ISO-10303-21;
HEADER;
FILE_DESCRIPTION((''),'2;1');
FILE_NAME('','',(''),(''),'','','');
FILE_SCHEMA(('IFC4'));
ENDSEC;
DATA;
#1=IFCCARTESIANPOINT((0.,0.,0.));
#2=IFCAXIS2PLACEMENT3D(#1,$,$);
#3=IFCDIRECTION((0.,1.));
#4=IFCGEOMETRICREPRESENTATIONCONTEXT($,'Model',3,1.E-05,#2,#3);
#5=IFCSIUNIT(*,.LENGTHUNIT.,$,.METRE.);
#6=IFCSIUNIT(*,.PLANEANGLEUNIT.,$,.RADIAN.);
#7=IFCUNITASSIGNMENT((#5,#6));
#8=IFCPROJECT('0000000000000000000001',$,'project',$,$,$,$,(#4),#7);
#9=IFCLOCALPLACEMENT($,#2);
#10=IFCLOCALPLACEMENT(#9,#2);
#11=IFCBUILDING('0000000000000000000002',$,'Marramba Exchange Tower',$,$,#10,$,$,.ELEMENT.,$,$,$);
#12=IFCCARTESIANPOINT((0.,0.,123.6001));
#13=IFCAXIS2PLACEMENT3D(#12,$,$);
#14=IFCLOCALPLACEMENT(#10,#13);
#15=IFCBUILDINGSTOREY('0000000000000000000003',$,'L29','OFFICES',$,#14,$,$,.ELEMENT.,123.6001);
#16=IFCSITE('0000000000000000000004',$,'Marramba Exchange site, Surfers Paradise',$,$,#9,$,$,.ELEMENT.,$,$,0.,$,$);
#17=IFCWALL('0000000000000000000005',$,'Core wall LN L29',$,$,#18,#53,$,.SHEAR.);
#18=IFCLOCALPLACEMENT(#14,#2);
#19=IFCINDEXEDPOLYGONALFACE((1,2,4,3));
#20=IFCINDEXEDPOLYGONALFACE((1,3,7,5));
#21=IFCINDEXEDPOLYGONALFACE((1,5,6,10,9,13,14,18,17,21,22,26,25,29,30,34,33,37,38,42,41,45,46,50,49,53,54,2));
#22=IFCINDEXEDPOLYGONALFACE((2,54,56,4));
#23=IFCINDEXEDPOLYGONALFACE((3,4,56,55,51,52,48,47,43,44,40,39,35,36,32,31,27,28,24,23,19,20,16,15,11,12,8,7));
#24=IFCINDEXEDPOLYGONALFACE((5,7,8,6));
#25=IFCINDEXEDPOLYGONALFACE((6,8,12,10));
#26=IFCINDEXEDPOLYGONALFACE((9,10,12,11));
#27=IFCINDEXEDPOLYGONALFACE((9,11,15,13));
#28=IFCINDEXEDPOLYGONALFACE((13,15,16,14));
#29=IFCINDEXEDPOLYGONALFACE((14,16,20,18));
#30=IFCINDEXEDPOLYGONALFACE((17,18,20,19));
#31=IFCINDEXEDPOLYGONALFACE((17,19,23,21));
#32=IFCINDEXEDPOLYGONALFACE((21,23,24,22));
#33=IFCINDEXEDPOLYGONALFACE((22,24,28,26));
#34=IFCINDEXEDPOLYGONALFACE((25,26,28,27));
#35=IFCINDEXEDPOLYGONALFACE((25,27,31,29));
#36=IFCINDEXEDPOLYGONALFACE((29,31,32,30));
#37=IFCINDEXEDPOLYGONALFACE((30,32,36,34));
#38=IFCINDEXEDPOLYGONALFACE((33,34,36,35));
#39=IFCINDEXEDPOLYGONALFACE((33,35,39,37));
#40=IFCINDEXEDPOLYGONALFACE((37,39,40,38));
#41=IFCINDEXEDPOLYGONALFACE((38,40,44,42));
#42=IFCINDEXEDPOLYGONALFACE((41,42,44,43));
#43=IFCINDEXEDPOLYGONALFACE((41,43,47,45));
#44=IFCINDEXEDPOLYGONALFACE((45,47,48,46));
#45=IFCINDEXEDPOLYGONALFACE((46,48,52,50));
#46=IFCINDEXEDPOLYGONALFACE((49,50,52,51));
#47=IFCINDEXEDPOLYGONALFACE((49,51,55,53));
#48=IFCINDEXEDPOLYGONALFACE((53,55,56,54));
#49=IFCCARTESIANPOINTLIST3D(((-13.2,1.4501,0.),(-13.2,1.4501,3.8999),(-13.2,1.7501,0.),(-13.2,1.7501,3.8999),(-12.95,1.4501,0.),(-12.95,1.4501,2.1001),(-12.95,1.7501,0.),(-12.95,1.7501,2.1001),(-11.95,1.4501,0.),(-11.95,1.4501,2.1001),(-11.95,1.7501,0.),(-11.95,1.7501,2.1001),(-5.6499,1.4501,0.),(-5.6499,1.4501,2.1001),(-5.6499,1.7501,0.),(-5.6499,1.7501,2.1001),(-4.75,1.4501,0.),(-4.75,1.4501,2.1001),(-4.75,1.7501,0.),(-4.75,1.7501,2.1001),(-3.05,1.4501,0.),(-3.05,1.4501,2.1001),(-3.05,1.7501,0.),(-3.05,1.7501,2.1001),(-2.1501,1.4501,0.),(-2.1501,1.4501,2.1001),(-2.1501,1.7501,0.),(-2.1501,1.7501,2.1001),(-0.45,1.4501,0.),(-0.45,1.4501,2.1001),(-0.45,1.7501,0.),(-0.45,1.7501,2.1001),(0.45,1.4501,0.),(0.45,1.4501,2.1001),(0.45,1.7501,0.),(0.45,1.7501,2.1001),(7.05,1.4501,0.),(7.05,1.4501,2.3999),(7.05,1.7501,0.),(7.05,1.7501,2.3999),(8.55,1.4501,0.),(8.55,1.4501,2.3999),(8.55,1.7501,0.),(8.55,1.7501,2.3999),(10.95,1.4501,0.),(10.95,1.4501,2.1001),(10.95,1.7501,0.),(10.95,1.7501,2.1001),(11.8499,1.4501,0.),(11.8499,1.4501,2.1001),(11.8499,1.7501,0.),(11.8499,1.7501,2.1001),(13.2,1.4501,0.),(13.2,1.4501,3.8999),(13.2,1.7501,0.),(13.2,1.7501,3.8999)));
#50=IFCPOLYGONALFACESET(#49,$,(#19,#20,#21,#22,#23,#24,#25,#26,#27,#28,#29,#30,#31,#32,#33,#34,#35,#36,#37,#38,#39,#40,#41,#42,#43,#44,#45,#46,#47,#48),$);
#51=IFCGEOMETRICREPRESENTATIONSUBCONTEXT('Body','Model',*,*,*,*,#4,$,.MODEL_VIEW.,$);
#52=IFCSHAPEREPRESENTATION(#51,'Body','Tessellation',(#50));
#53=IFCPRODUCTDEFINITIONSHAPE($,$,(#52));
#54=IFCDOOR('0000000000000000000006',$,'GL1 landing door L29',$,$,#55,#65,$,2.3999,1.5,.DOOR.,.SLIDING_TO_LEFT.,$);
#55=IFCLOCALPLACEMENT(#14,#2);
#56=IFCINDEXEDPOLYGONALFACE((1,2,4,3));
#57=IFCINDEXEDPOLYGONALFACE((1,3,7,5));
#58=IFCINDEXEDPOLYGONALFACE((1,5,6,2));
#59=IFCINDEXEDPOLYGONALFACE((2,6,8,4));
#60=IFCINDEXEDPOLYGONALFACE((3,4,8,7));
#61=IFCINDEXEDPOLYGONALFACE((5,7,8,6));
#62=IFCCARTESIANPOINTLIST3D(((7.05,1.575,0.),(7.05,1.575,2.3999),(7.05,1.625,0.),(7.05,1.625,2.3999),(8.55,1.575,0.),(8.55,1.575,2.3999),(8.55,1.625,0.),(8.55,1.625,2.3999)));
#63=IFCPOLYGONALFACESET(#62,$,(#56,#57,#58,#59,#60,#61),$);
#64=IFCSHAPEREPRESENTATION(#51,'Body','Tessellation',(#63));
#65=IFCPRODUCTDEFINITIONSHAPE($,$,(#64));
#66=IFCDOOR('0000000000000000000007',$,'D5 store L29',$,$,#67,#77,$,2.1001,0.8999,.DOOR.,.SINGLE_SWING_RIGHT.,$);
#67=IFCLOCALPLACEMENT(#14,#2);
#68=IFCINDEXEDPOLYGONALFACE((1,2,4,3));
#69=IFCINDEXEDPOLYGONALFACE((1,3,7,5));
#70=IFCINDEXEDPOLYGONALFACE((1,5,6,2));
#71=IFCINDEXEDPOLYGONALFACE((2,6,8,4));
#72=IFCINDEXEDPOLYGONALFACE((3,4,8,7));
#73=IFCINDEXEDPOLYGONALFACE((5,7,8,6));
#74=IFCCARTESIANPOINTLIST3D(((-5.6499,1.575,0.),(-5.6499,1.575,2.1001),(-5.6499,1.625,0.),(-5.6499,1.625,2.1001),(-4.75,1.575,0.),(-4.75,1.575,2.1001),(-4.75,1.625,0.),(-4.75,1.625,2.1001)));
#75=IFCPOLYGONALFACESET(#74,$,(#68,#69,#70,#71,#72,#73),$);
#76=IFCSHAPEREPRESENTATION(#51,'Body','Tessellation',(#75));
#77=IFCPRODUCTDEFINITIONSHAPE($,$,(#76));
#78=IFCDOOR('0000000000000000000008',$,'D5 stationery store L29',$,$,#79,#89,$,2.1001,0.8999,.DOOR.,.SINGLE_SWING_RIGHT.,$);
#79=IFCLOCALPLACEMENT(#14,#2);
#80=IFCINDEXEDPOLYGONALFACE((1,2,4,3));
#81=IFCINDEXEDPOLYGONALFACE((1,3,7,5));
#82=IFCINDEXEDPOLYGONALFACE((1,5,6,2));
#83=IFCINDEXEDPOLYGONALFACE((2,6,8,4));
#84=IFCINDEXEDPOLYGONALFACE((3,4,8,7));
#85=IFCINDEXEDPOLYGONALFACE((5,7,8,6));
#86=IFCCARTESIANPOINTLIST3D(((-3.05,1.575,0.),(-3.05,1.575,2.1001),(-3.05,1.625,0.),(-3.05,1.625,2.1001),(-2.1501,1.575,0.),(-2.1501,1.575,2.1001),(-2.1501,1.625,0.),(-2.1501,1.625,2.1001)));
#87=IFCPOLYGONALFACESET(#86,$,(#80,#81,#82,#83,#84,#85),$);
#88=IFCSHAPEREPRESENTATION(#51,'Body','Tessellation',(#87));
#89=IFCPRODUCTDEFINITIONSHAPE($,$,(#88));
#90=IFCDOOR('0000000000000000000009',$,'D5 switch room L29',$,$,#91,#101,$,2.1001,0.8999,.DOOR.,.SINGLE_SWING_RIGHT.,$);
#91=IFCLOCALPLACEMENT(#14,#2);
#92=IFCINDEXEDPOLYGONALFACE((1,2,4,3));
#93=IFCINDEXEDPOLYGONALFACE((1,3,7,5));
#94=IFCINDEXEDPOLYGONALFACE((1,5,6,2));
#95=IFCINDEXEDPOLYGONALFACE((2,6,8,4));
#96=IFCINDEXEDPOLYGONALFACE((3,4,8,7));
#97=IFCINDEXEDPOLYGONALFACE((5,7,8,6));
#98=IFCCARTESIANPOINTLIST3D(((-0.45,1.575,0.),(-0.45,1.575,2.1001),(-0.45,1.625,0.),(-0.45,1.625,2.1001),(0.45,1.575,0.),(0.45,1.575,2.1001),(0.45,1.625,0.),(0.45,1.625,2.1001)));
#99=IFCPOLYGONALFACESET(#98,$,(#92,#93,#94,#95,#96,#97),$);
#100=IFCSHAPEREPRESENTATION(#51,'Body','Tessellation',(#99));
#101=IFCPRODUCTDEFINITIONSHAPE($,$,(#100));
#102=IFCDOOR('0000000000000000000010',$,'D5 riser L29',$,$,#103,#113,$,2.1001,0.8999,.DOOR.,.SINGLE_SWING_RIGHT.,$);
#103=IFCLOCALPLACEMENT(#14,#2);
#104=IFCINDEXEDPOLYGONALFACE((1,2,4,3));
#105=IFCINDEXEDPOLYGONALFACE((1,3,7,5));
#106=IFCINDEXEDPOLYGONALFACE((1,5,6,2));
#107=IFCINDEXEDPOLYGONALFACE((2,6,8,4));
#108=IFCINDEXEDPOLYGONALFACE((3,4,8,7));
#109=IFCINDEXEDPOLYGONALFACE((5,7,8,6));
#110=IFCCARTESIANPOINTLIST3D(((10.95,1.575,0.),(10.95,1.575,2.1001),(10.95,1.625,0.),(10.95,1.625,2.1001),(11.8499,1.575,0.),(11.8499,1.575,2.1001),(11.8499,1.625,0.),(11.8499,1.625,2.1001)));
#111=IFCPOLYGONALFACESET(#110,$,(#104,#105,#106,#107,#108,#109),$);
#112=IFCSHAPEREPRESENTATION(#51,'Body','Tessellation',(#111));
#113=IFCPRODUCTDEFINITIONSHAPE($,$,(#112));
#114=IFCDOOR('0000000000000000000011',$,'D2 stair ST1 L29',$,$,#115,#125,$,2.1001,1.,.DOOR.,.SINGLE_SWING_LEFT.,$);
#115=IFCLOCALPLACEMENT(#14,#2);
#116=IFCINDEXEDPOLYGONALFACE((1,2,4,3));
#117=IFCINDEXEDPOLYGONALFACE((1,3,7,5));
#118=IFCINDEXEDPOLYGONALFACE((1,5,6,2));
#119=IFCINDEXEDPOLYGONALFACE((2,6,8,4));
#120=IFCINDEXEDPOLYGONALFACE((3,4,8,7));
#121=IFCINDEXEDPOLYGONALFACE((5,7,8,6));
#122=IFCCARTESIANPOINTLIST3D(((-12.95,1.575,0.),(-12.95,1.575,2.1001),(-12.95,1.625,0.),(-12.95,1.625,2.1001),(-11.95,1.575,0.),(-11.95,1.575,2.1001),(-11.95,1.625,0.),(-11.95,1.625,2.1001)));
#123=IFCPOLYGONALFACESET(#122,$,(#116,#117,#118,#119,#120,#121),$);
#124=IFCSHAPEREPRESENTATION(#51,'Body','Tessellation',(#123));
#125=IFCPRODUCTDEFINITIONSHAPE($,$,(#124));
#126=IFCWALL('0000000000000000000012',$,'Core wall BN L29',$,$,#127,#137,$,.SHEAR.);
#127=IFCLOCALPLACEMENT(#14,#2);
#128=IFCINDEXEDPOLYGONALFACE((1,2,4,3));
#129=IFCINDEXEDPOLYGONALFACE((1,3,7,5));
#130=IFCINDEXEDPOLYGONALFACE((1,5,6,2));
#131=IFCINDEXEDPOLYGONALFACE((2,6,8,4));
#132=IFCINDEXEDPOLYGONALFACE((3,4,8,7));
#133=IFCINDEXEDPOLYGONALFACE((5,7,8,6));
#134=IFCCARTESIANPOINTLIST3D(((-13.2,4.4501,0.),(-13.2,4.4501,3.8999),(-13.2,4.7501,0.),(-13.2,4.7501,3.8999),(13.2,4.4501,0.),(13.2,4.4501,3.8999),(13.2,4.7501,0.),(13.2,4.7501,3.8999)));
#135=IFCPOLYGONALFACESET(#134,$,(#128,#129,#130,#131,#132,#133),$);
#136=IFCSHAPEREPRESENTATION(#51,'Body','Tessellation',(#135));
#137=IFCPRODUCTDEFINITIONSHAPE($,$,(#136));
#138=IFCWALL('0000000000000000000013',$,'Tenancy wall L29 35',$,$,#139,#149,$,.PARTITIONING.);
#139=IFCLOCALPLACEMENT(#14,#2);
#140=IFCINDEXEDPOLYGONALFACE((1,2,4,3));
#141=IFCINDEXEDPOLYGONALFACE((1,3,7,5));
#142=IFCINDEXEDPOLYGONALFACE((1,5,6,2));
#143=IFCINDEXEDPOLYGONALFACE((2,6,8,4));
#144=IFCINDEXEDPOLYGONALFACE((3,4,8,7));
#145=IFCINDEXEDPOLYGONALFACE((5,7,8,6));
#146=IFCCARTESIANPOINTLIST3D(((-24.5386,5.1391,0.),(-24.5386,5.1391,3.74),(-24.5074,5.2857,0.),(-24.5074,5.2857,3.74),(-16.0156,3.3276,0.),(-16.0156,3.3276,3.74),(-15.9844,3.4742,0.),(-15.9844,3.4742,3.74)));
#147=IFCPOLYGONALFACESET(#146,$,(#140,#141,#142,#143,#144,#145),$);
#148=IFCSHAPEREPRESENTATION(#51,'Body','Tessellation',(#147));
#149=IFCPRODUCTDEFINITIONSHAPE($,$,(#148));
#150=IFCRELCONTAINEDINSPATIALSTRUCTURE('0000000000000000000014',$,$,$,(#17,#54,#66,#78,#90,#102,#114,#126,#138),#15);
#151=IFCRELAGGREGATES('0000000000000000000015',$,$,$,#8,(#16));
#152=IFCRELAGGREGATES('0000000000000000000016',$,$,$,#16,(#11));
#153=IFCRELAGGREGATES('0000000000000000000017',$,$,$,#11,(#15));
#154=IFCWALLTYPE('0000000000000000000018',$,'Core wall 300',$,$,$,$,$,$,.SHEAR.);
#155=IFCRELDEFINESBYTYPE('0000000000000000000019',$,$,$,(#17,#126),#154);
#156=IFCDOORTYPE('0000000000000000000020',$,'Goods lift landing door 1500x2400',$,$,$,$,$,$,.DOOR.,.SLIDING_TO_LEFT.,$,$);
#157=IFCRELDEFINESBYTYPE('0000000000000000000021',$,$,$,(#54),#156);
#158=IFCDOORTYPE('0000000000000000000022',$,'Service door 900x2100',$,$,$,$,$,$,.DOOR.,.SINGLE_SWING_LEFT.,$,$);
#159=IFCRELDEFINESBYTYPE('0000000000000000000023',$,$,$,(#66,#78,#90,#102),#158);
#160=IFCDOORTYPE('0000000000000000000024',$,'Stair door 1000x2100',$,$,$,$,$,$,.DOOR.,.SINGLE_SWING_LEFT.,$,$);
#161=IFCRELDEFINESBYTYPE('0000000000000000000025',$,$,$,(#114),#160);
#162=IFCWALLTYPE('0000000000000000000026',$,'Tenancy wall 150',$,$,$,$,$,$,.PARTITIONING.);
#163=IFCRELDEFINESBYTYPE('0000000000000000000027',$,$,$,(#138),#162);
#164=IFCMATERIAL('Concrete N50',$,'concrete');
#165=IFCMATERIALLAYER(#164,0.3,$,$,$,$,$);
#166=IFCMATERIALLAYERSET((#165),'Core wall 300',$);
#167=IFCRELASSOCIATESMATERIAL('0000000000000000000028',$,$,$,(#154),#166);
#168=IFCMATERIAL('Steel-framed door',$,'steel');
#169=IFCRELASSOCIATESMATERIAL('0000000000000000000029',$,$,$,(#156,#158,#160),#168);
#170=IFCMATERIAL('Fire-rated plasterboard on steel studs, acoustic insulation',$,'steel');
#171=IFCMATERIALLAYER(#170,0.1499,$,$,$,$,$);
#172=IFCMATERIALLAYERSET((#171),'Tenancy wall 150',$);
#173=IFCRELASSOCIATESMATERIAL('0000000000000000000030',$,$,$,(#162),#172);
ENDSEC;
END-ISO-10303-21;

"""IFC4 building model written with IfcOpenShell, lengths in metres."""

from ifc_helpers import new_model, si_unit, direction, frame, frame_2d, origin, place, context, subcontext, project, spatial, rectangle, extrude, material, layer, layer_set, type_object, element, fill, save


model = new_model("IFC4")

# Units and contexts
model_context = context("Model", 3, precision=1e-05, world=origin(), true_north=direction((0.0, 1.0)))
body_context = subcontext(model_context, "Body", "Model", "MODEL_VIEW")
ifc_project = project(units=[si_unit("LENGTHUNIT", "METRE"), si_unit("PLANEANGLEUNIT", "RADIAN")], contexts=[model_context])

# Site, building, storey
site_placement = place(None, origin())
site = spatial("IfcSite", under=ifc_project, at=site_placement, Name="Marramba Exchange site, Surfers Paradise", CompositionType="ELEMENT", RefElevation=0.0)
building_placement = place(site_placement, origin())
building = spatial("IfcBuilding", under=site, at=building_placement, Name="Marramba Exchange Tower", CompositionType="ELEMENT")
storey_placement = place(building_placement, frame((0.0, 0.0, 123.6001)))
storey = spatial("IfcBuildingStorey", under=building, at=storey_placement, Name="L29", Description="OFFICES", CompositionType="ELEMENT", Elevation=123.6001)

# Shared definitions
ifc_material_1 = material(Name="Concrete N50", Category="concrete")

# Wall, openings, doors
ifc_layer_1 = layer(ifc_material_1, 0.3)
ifc_layer_set_1 = layer_set([ifc_layer_1], Name="Core wall 300")
wall_type_1 = type_object("IfcWallType", Name="Core wall 300", PredefinedType="SHEAR", material=ifc_layer_set_1)
wall_1_placement = place(storey_placement, frame((-13.2, 1.6001, 0.0), z_axis=(0.0, 0.0, 1.0), x_axis=(1.0, 0.0, 0.0)))
wall_1 = element("IfcWall", 1, at=wall_1_placement, inside=storey, type_object=wall_type_1, Name="Core wall LN L29", PredefinedType="SHEAR", context=body_context, shape_type="SweptSolid", body=[
    extrude(rectangle(XDim=26.3999, YDim=0.3, at=frame_2d((13.2, 0.0))), origin(), (0.0, 0.0, 1.0), 3.8999),
])
opening_1_placement = place(wall_1_placement, frame((0.25, 0.0, 0.0)))
opening_1 = element("IfcOpeningElement", 2, at=opening_1_placement, cuts=wall_1, PredefinedType="OPENING", context=body_context, shape_type="SweptSolid", body=[
    extrude(rectangle(XDim=1.0, YDim=2.1001, at=frame_2d((0.5, 1.05))), frame((0.0, 0.1599, 0.0), z_axis=(0.0, -1.0, 0.0), x_axis=(1.0, 0.0, 0.0)), (0.0, 0.0, 1.0), 0.3201),
])
opening_2_placement = place(wall_1_placement, frame((20.25, 0.0, 0.0)))
opening_2 = element("IfcOpeningElement", 3, at=opening_2_placement, cuts=wall_1, PredefinedType="OPENING", context=body_context, shape_type="SweptSolid", body=[
    extrude(rectangle(XDim=1.5, YDim=2.3999, at=frame_2d((0.75, 1.2))), frame((0.0, 0.1599, 0.0), z_axis=(0.0, -1.0, 0.0), x_axis=(1.0, 0.0, 0.0)), (0.0, 0.0, 1.0), 0.3201),
])
opening_3_placement = place(wall_1_placement, frame((7.55, 0.0, 0.0)))
opening_3 = element("IfcOpeningElement", 4, at=opening_3_placement, cuts=wall_1, PredefinedType="OPENING", context=body_context, shape_type="SweptSolid", body=[
    extrude(rectangle(XDim=0.8999, YDim=2.1001, at=frame_2d((0.45, 1.05))), frame((0.0, 0.1599, 0.0), z_axis=(0.0, -1.0, 0.0), x_axis=(1.0, 0.0, 0.0)), (0.0, 0.0, 1.0), 0.3201),
])
opening_4_placement = place(wall_1_placement, frame((10.1499, 0.0, 0.0)))
opening_4 = element("IfcOpeningElement", 5, at=opening_4_placement, cuts=wall_1, PredefinedType="OPENING", context=body_context, shape_type="SweptSolid", body=[
    extrude(rectangle(XDim=0.8999, YDim=2.1001, at=frame_2d((0.45, 1.05))), frame((0.0, 0.1599, 0.0), z_axis=(0.0, -1.0, 0.0), x_axis=(1.0, 0.0, 0.0)), (0.0, 0.0, 1.0), 0.3201),
])
opening_5_placement = place(wall_1_placement, frame((12.75, 0.0, 0.0)))
opening_5 = element("IfcOpeningElement", 6, at=opening_5_placement, cuts=wall_1, PredefinedType="OPENING", context=body_context, shape_type="SweptSolid", body=[
    extrude(rectangle(XDim=0.8999, YDim=2.1001, at=frame_2d((0.45, 1.05))), frame((0.0, 0.1599, 0.0), z_axis=(0.0, -1.0, 0.0), x_axis=(1.0, 0.0, 0.0)), (0.0, 0.0, 1.0), 0.3201),
])
opening_6_placement = place(wall_1_placement, frame((24.1499, 0.0, 0.0)))
opening_6 = element("IfcOpeningElement", 7, at=opening_6_placement, cuts=wall_1, PredefinedType="OPENING", context=body_context, shape_type="SweptSolid", body=[
    extrude(rectangle(XDim=0.8999, YDim=2.1001, at=frame_2d((0.45, 1.05))), frame((0.0, 0.1599, 0.0), z_axis=(0.0, -1.0, 0.0), x_axis=(1.0, 0.0, 0.0)), (0.0, 0.0, 1.0), 0.3201),
])
ifc_material_2 = material(Name="Steel-framed door", Category="steel")
door_type_1 = type_object("IfcDoorType", Name="Goods lift landing door 1500x2400", OperationType="SLIDING_TO_LEFT", PredefinedType="DOOR", material=ifc_material_2)
door_1_placement = place(opening_2_placement, origin())
door_1 = element("IfcDoor", 8, at=door_1_placement, inside=storey, type_object=door_type_1, Name="GL1 landing door L29", OperationType="SLIDING_TO_LEFT", OverallHeight=2.3999, OverallWidth=1.5, PredefinedType="DOOR", context=body_context, shape_type="SweptSolid", body=[
    extrude(rectangle(XDim=1.5, YDim=2.3999, at=frame_2d((0.75, 1.2))), frame((0.0, 0.0249, 0.0), z_axis=(0.0, -1.0, 0.0), x_axis=(1.0, 0.0, 0.0)), (0.0, 0.0, 1.0), 0.05),
])
fill(opening_2, door_1)
door_type_2 = type_object("IfcDoorType", Name="Service door 900x2100", OperationType="SINGLE_SWING_LEFT", PredefinedType="DOOR", material=ifc_material_2)
door_2_placement = place(opening_3_placement, origin())
door_2 = element("IfcDoor", 9, at=door_2_placement, inside=storey, type_object=door_type_2, Name="D5 store L29", OperationType="SINGLE_SWING_RIGHT", OverallHeight=2.1001, OverallWidth=0.8999, PredefinedType="DOOR", context=body_context, shape_type="SweptSolid", body=[
    extrude(rectangle(XDim=0.8999, YDim=2.1001, at=frame_2d((0.45, 1.05))), frame((0.0, 0.0249, 0.0), z_axis=(0.0, -1.0, 0.0), x_axis=(1.0, 0.0, 0.0)), (0.0, 0.0, 1.0), 0.05),
])
fill(opening_3, door_2)
door_3_placement = place(opening_4_placement, origin())
door_3 = element("IfcDoor", 10, at=door_3_placement, inside=storey, type_object=door_type_2, Name="D5 stationery store L29", OperationType="SINGLE_SWING_RIGHT", OverallHeight=2.1001, OverallWidth=0.8999, PredefinedType="DOOR", context=body_context, shape_type="SweptSolid", body=[
    extrude(rectangle(XDim=0.8999, YDim=2.1001, at=frame_2d((0.45, 1.05))), frame((0.0, 0.0249, 0.0), z_axis=(0.0, -1.0, 0.0), x_axis=(1.0, 0.0, 0.0)), (0.0, 0.0, 1.0), 0.05),
])
fill(opening_4, door_3)
door_4_placement = place(opening_5_placement, origin())
door_4 = element("IfcDoor", 11, at=door_4_placement, inside=storey, type_object=door_type_2, Name="D5 switch room L29", OperationType="SINGLE_SWING_RIGHT", OverallHeight=2.1001, OverallWidth=0.8999, PredefinedType="DOOR", context=body_context, shape_type="SweptSolid", body=[
    extrude(rectangle(XDim=0.8999, YDim=2.1001, at=frame_2d((0.45, 1.05))), frame((0.0, 0.0249, 0.0), z_axis=(0.0, -1.0, 0.0), x_axis=(1.0, 0.0, 0.0)), (0.0, 0.0, 1.0), 0.05),
])
fill(opening_5, door_4)
door_5_placement = place(opening_6_placement, origin())
door_5 = element("IfcDoor", 12, at=door_5_placement, inside=storey, type_object=door_type_2, Name="D5 riser L29", OperationType="SINGLE_SWING_RIGHT", OverallHeight=2.1001, OverallWidth=0.8999, PredefinedType="DOOR", context=body_context, shape_type="SweptSolid", body=[
    extrude(rectangle(XDim=0.8999, YDim=2.1001, at=frame_2d((0.45, 1.05))), frame((0.0, 0.0249, 0.0), z_axis=(0.0, -1.0, 0.0), x_axis=(1.0, 0.0, 0.0)), (0.0, 0.0, 1.0), 0.05),
])
fill(opening_6, door_5)
door_type_3 = type_object("IfcDoorType", Name="Stair door 1000x2100", OperationType="SINGLE_SWING_LEFT", PredefinedType="DOOR", material=ifc_material_2)
door_6_placement = place(opening_1_placement, origin())
door_6 = element("IfcDoor", 13, at=door_6_placement, inside=storey, type_object=door_type_3, Name="D2 stair ST1 L29", OperationType="SINGLE_SWING_LEFT", OverallHeight=2.1001, OverallWidth=1.0, PredefinedType="DOOR", context=body_context, shape_type="SweptSolid", body=[
    extrude(rectangle(XDim=1.0, YDim=2.1001, at=frame_2d((0.5, 1.05))), frame((0.0, 0.0249, 0.0), z_axis=(0.0, -1.0, 0.0), x_axis=(1.0, 0.0, 0.0)), (0.0, 0.0, 1.0), 0.05),
])
fill(opening_1, door_6)

# Walls
wall_2_placement = place(storey_placement, frame((-13.2, 4.6001, 0.0), z_axis=(0.0, 0.0, 1.0), x_axis=(1.0, 0.0, 0.0)))
element("IfcWall", 14, at=wall_2_placement, inside=storey, type_object=wall_type_1, Name="Core wall BN L29", PredefinedType="SHEAR", context=body_context, shape_type="SweptSolid", body=[
    extrude(rectangle(XDim=26.3999, YDim=0.3, at=frame_2d((13.2, 0.0))), origin(), (0.0, 0.0, 1.0), 3.8999),
])
ifc_material_3 = material(Name="Fire-rated plasterboard on steel studs, acoustic insulation", Category="steel")
ifc_layer_2 = layer(ifc_material_3, 0.1499)
ifc_layer_set_2 = layer_set([ifc_layer_2], Name="Tenancy wall 150")
wall_type_2 = type_object("IfcWallType", Name="Tenancy wall 150", PredefinedType="PARTITIONING", material=ifc_layer_set_2)
wall_3_placement = place(storey_placement, frame((-16.0, 3.4009, 0.0), z_axis=(0.0, 0.0, 1.0), x_axis=(-0.97815, 0.207902, 0.0)))
element("IfcWall", 15, at=wall_3_placement, inside=storey, type_object=wall_type_2, Name="Tenancy wall L29 35", PredefinedType="PARTITIONING", context=body_context, shape_type="SweptSolid", body=[
    extrude(rectangle(XDim=8.7134, YDim=0.1499, at=frame_2d((4.3567, 0.0))), origin(), (0.0, 0.0, 1.0), 3.74),
])

save(model, "model.ifc")
